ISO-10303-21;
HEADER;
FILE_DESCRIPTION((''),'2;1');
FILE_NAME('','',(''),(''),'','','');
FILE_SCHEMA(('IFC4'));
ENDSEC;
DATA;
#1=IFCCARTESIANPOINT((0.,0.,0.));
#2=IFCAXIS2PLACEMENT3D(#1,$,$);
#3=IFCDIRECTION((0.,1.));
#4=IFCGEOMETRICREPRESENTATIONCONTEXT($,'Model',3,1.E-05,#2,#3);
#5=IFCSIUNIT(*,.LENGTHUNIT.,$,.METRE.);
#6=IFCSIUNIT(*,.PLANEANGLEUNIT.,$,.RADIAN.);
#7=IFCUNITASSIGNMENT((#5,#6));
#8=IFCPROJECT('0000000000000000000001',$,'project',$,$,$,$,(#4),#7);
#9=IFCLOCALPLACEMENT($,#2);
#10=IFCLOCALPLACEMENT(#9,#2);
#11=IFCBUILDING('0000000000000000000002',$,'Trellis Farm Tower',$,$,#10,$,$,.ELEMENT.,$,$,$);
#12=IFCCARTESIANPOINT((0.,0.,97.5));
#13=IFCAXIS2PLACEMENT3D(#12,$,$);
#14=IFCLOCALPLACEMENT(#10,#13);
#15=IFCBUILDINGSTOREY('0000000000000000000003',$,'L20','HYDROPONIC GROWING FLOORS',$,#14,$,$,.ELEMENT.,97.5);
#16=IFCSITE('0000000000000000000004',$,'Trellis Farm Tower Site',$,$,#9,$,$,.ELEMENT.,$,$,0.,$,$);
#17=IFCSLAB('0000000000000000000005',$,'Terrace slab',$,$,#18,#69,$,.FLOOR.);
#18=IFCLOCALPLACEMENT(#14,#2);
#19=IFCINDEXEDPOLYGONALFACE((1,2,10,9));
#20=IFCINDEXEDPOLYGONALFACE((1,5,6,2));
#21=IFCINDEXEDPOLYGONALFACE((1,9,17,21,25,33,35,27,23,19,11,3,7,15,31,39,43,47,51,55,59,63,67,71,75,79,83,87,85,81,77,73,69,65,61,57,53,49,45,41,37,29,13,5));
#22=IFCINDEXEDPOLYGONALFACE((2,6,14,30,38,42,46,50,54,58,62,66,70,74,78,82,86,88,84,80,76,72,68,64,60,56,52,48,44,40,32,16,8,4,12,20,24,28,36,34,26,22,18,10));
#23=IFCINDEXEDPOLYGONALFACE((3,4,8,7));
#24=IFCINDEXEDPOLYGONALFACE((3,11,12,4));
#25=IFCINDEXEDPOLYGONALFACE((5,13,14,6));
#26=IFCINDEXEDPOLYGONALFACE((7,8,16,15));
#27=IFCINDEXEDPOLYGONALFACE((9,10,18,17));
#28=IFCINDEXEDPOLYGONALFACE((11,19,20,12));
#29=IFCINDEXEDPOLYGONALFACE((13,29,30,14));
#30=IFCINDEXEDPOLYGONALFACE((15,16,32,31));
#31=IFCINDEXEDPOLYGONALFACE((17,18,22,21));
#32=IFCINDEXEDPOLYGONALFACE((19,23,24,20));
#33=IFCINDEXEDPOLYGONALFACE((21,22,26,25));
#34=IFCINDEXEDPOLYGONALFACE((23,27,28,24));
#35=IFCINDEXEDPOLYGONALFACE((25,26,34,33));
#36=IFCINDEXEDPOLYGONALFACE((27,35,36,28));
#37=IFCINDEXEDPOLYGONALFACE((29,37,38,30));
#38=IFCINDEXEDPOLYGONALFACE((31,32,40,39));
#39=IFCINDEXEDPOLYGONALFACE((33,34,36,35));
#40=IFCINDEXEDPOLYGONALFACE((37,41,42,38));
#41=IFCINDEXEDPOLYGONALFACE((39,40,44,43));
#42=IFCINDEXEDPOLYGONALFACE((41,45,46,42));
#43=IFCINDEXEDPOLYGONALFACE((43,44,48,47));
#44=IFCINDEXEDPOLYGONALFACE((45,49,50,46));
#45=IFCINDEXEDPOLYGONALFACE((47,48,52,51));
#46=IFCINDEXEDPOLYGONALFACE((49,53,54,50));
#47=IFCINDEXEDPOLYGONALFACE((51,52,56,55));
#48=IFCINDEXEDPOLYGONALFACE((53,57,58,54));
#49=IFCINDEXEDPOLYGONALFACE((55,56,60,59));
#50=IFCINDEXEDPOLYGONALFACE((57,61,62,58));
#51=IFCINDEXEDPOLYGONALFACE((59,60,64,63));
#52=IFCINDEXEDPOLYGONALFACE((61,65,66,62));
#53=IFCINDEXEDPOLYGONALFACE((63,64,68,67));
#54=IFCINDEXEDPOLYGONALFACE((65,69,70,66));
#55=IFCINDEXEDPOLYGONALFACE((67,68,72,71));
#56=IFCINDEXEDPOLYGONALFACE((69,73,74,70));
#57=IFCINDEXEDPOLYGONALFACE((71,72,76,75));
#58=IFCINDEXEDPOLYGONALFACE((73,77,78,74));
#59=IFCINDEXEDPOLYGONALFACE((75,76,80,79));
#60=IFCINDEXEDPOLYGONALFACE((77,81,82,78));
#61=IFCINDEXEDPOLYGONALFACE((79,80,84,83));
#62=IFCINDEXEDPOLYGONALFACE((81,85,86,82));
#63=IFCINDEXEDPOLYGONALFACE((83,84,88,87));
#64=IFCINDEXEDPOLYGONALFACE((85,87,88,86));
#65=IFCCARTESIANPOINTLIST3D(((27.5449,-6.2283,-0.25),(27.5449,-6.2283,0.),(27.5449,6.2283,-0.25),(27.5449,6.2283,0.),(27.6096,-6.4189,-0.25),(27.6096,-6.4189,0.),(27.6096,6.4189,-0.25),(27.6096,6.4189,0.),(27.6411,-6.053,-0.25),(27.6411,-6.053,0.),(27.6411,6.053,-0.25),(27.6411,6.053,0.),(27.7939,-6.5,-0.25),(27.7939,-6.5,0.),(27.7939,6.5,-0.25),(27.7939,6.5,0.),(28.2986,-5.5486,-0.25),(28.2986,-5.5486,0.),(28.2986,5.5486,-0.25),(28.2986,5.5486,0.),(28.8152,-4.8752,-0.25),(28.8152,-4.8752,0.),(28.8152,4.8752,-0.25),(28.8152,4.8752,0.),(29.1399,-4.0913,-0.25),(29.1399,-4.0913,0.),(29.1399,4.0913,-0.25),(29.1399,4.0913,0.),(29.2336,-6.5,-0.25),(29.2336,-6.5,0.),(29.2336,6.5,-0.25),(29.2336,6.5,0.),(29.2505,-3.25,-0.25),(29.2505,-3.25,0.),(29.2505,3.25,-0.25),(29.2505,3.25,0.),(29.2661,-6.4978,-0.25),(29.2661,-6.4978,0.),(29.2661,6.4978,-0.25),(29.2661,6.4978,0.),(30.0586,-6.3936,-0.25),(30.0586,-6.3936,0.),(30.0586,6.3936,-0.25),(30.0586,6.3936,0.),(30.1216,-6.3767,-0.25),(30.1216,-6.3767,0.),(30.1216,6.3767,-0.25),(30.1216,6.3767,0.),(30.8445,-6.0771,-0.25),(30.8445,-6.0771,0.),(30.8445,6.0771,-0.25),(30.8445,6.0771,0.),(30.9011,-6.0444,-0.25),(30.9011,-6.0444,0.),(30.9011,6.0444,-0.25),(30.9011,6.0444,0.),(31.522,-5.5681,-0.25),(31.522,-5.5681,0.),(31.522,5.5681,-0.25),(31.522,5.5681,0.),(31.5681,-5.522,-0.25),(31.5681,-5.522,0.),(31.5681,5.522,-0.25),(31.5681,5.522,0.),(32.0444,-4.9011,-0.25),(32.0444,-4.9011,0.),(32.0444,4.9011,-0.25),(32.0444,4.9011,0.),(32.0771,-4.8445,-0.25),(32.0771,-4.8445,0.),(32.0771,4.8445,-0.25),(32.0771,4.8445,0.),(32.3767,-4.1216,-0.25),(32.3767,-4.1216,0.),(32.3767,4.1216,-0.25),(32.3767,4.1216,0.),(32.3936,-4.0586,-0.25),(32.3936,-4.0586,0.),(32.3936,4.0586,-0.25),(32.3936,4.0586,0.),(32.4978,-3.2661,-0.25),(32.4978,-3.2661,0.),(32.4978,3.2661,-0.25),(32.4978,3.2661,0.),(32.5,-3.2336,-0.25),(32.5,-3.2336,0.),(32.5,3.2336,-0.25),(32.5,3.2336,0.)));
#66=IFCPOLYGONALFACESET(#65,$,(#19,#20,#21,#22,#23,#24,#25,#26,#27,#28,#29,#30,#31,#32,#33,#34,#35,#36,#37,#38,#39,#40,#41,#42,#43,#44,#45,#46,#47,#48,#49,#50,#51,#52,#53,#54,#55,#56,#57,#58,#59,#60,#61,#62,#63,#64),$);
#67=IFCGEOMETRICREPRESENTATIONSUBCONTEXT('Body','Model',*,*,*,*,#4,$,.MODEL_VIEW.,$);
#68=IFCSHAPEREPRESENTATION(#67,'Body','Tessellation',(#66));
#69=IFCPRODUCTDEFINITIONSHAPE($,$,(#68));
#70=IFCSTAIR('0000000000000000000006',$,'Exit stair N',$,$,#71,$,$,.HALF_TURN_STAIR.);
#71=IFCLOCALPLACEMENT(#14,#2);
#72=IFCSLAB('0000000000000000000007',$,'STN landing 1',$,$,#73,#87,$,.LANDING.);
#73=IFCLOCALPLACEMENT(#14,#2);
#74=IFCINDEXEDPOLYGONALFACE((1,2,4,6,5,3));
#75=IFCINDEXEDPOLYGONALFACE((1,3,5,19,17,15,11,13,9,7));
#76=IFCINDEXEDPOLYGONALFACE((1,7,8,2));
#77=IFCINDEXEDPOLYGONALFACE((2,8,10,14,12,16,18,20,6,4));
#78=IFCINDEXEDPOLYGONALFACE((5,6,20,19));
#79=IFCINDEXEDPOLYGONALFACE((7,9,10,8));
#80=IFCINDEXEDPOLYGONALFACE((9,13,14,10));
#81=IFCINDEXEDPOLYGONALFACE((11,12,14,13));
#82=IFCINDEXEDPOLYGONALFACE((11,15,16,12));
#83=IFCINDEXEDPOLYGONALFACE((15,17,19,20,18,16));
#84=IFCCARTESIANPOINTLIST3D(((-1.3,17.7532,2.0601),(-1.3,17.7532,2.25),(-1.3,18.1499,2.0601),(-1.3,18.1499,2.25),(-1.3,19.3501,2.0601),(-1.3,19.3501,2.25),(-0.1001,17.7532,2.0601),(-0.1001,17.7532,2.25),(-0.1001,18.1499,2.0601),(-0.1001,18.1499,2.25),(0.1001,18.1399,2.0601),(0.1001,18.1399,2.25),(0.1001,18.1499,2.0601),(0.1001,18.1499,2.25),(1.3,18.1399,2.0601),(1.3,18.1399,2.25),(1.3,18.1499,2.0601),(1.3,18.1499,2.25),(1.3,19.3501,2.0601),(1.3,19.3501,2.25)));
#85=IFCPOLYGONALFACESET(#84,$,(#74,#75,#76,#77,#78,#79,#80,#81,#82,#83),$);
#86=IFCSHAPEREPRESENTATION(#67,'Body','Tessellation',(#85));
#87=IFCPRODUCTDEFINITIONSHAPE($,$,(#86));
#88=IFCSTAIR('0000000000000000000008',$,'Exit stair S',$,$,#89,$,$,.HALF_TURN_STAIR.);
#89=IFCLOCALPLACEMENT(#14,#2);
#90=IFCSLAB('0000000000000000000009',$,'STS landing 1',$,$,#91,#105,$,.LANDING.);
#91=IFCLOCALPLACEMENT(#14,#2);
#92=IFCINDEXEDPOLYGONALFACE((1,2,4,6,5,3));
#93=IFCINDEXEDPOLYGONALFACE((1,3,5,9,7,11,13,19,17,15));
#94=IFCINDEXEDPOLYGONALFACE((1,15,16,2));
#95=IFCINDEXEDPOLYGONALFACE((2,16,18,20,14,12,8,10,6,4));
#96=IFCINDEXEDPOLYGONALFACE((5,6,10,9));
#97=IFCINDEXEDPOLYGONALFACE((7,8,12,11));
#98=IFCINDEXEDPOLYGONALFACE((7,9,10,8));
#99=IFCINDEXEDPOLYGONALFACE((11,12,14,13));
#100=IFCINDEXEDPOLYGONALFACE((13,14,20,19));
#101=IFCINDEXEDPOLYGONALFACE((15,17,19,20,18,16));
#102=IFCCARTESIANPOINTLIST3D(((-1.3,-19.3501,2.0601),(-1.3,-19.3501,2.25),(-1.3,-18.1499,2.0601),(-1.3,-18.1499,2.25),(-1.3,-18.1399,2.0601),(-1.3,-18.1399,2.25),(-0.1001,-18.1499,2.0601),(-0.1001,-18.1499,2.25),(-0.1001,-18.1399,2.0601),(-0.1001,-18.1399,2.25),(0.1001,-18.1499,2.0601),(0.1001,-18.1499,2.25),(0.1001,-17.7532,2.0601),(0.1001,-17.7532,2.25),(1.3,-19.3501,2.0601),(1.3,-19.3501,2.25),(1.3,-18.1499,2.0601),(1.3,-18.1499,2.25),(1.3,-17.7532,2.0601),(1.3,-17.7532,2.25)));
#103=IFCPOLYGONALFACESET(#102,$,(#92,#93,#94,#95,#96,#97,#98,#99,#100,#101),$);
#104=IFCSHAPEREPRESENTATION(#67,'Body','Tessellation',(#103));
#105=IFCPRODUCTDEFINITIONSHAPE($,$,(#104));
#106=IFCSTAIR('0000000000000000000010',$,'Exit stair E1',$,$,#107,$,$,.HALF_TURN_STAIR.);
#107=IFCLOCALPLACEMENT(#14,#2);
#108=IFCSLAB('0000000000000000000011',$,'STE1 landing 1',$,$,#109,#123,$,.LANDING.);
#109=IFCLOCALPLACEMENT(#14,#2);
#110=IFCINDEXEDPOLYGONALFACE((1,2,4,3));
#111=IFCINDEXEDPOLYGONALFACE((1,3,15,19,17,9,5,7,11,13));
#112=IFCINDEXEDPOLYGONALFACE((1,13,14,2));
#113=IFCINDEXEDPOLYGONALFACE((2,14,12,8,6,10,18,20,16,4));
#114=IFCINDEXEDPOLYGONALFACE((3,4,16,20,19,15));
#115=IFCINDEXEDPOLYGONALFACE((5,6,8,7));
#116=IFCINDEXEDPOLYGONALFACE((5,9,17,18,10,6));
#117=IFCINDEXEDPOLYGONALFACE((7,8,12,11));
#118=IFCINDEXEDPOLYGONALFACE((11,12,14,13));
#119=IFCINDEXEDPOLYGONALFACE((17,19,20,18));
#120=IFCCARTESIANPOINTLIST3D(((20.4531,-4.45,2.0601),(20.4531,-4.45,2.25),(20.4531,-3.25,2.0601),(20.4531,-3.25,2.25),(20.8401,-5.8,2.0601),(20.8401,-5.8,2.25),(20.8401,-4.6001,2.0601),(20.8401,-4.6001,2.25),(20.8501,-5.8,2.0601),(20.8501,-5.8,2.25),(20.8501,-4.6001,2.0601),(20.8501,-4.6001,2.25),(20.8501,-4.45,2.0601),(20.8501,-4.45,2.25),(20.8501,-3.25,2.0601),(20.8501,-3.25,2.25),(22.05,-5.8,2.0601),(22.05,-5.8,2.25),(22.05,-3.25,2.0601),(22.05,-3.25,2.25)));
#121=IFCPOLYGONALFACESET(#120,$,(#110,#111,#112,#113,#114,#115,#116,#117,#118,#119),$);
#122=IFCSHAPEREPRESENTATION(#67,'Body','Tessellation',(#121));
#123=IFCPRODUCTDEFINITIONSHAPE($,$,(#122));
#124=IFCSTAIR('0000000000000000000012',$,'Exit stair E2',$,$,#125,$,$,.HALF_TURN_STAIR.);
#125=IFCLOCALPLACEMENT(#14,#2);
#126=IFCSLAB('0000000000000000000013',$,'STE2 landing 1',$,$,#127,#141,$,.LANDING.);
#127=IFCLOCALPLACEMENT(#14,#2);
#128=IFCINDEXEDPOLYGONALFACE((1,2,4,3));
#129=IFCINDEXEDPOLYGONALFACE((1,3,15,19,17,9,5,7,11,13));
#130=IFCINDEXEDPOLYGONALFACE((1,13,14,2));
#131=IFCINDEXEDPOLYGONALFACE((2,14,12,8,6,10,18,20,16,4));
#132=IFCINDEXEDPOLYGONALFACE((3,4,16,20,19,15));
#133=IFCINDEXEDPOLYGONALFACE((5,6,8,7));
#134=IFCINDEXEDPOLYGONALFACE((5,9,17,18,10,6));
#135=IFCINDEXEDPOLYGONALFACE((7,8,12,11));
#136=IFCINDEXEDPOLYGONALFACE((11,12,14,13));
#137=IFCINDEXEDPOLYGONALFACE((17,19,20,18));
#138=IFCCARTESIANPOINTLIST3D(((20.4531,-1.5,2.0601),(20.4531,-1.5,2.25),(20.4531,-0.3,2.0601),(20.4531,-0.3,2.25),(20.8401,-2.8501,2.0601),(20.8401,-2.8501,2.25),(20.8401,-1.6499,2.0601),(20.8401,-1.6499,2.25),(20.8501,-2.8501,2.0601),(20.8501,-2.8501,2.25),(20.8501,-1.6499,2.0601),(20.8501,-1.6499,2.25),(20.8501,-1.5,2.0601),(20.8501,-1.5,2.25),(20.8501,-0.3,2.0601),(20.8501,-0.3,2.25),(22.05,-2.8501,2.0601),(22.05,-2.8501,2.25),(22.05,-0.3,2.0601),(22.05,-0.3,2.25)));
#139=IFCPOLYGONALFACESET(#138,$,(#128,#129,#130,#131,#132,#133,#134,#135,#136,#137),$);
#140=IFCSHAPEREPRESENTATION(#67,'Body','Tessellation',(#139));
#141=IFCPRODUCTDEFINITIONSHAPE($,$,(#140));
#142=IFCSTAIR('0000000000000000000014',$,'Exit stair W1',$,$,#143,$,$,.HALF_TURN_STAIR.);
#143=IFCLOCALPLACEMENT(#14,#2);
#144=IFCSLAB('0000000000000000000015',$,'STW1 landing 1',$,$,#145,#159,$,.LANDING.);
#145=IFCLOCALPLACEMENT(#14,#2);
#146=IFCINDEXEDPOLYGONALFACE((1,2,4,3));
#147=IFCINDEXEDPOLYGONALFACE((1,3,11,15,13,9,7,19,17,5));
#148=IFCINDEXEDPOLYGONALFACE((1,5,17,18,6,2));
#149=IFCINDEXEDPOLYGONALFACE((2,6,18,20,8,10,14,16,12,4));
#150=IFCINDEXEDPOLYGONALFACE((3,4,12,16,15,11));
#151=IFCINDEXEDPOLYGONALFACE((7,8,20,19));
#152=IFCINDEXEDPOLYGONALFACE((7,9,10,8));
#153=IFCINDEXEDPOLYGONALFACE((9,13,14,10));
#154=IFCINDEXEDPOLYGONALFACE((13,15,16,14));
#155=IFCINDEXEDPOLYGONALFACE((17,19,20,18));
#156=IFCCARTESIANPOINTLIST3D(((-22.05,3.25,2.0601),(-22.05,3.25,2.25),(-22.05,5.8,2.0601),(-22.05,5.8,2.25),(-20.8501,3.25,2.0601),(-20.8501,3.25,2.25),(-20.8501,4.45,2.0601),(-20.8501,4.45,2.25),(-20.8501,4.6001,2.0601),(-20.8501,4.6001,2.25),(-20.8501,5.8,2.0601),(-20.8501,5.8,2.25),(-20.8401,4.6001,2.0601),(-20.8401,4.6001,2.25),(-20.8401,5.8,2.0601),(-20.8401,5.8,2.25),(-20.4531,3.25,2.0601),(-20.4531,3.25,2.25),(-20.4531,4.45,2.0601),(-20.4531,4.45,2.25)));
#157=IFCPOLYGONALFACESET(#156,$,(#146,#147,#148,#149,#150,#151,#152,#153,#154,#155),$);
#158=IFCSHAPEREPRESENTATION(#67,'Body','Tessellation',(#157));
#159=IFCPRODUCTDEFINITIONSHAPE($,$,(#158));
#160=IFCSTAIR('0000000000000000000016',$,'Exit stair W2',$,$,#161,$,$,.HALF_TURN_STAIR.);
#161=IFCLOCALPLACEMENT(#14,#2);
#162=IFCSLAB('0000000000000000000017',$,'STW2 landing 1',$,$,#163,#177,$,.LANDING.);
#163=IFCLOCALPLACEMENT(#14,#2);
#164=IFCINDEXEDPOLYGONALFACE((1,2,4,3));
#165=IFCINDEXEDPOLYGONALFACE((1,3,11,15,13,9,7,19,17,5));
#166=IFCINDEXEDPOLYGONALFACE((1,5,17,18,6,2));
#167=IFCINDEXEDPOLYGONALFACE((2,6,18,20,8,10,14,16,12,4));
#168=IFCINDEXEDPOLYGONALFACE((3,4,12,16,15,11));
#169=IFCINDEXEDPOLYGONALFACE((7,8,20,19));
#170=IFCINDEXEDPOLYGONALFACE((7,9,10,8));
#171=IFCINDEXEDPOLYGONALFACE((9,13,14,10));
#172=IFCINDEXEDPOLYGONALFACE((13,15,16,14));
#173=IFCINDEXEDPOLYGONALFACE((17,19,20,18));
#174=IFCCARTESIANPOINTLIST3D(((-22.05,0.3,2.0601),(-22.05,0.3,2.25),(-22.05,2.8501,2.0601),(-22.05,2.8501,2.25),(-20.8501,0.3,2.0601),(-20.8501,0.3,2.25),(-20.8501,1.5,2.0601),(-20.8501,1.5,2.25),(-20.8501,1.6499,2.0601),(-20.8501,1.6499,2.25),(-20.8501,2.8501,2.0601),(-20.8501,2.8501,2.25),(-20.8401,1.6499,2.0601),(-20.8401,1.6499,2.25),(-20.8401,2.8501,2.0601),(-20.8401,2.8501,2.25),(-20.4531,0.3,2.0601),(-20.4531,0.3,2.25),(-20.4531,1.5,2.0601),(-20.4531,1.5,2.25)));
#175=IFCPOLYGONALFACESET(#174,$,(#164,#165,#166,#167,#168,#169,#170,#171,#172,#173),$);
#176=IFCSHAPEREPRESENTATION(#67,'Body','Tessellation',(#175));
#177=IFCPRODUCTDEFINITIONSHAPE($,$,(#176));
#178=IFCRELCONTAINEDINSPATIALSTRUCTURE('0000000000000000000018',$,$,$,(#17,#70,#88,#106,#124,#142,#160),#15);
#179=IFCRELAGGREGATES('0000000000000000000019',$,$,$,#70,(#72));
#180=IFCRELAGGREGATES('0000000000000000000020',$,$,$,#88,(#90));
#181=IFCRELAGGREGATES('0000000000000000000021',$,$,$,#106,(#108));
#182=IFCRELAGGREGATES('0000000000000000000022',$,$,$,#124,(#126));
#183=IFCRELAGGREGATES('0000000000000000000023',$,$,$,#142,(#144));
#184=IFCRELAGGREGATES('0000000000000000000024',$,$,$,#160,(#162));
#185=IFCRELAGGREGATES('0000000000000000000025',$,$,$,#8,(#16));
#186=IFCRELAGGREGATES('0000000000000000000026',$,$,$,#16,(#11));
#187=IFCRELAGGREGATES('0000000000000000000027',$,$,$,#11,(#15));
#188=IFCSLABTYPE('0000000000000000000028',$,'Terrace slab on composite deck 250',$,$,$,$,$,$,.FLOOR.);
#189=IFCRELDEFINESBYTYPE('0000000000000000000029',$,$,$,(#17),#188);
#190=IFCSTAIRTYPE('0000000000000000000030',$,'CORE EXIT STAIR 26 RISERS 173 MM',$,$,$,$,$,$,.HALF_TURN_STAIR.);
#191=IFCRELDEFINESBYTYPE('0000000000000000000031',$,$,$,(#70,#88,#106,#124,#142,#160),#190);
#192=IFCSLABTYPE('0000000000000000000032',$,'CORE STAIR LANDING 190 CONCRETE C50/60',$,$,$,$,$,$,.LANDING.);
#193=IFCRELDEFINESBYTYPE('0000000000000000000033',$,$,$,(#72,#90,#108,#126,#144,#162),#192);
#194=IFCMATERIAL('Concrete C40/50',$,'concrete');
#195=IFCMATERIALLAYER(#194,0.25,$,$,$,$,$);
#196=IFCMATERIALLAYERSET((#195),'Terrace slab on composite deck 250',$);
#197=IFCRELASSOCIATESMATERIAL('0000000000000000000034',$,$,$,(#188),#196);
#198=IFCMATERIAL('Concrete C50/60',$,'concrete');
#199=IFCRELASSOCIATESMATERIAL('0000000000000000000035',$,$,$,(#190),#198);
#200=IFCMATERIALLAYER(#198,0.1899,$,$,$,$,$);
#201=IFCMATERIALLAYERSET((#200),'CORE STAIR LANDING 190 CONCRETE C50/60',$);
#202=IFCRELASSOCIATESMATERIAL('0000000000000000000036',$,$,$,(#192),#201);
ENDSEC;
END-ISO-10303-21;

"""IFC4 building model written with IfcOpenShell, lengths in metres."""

from ifc_helpers import new_model, si_unit, direction, frame, origin, place, context, subcontext, project, spatial, polyline, outline, extrude, source, transform, mapped, material, layer, layer_set, type_object, element, aggregate, save


model = new_model("IFC4")

# Units and contexts
model_context = context("Model", 3, precision=1e-05, world=origin(), true_north=direction((0.0, 1.0)))
body_context = subcontext(model_context, "Body", "Model", "MODEL_VIEW")
ifc_project = project(units=[si_unit("LENGTHUNIT", "METRE"), si_unit("PLANEANGLEUNIT", "RADIAN")], contexts=[model_context])

# Site, building, storey
site_placement = place(None, origin())
site = spatial("IfcSite", under=ifc_project, at=site_placement, Name="Trellis Farm Tower Site", CompositionType="ELEMENT", RefElevation=0.0)
building_placement = place(site_placement, origin())
building = spatial("IfcBuilding", under=site, at=building_placement, Name="Trellis Farm Tower", CompositionType="ELEMENT")
storey_placement = place(building_placement, frame((0.0, 0.0, 97.5)))
storey = spatial("IfcBuildingStorey", under=building, at=storey_placement, Name="L20", Description="HYDROPONIC GROWING FLOORS", CompositionType="ELEMENT", Elevation=97.5)

# Slab
ifc_material_1 = material(Name="Concrete C40/50", Category="concrete")
ifc_layer_1 = layer(ifc_material_1, 0.25)
ifc_layer_set_1 = layer_set([ifc_layer_1], Name="Terrace slab on composite deck 250")
slab_type_1 = type_object("IfcSlabType", Name="Terrace slab on composite deck 250", PredefinedType="FLOOR", material=ifc_layer_set_1)
placement_1 = place(storey_placement, frame((0.0, 0.0, -0.25)))
element("IfcSlab", 1, at=placement_1, inside=storey, type_object=slab_type_1, Name="Terrace slab", PredefinedType="FLOOR", context=body_context, shape_type="SweptSolid", body=[
    extrude(outline(polyline([(27.5449, -6.2283), (27.6411, -6.053), (28.2986, -5.5486), (28.8152, -4.8752), (29.1399, -4.0913), (29.2505, -3.25), (29.2505, 3.25), (29.1399, 4.0913), (28.8152, 4.8752), (28.2986, 5.5486), (27.6411, 6.053), (27.5449, 6.2283), (27.6096, 6.4189), (27.7939, 6.5), (29.2336, 6.5), (29.2661, 6.4978), (30.0586, 6.3936), (30.1216, 6.3767), (30.8445, 6.0771), (30.9011, 6.0444), (31.522, 5.5681), (31.5681, 5.522), (32.0444, 4.9011), (32.0771, 4.8445), (32.3767, 4.1216), (32.3936, 4.0586), (32.4978, 3.2661), (32.5, 3.2336), (32.5, -3.2336), (32.4978, -3.2661), (32.3936, -4.0586), (32.3767, -4.1216), (32.0771, -4.8445), (32.0444, -4.9011), (31.5681, -5.522), (31.522, -5.5681), (30.9011, -6.0444), (30.8445, -6.0771), (30.1216, -6.3767), (30.0586, -6.3936), (29.2661, -6.4978), (29.2336, -6.5), (27.7939, -6.5), (27.6096, -6.4189), (27.5449, -6.2283)])), origin(), (0.0, 0.0, 1.0), 0.25),
])

# Stairs, slabs
ifc_material_2 = material(Name="Concrete C50/60", Category="concrete")
stair_type = type_object("IfcStairType", Name="CORE EXIT STAIR 26 RISERS 173 MM", PredefinedType="HALF_TURN_STAIR", material=ifc_material_2)
placement_2 = place(storey_placement, origin())
stair_1 = element("IfcStair", 2, at=placement_2, inside=storey, type_object=stair_type, Name="Exit stair N", PredefinedType="HALF_TURN_STAIR")
ifc_layer_2 = layer(ifc_material_2, 0.1899)
ifc_layer_set_2 = layer_set([ifc_layer_2], Name="CORE STAIR LANDING 190 CONCRETE C50/60")
slab_type_2 = type_object("IfcSlabType", Name="CORE STAIR LANDING 190 CONCRETE C50/60", PredefinedType="LANDING", material=ifc_layer_set_2)
shared_shape_1 = source(origin(), body_context, "Body", "SweptSolid", [
    extrude(outline(polyline([(-0.1001, 17.7532), (-1.3, 17.7532), (-1.3, 18.1499), (-1.3, 19.3501), (1.3, 19.3501), (1.3, 18.1499), (1.3, 18.1399), (0.1001, 18.1399), (0.1001, 18.1499), (-0.1001, 18.1499), (-0.1001, 17.7532)])), origin(), (0.0, 0.0, 1.0), 0.1899),
])
placement_3 = place(storey_placement, frame((0.0, 0.0, 2.0601)))
slab_1 = element("IfcSlab", 3, at=placement_3, type_object=slab_type_2, Name="STN landing 1", PredefinedType="LANDING", context=body_context, shape_type="MappedRepresentation", body=[
    mapped(shared_shape_1, transform((0.0, 0.0, 0.0))),
])
aggregate(stair_1, [slab_1])
stair_2 = element("IfcStair", 4, at=placement_2, inside=storey, type_object=stair_type, Name="Exit stair S", PredefinedType="HALF_TURN_STAIR")
shared_shape_2 = source(origin(), body_context, "Body", "SweptSolid", [
    extrude(outline(polyline([(1.3, -19.3501), (-1.3, -19.3501), (-1.3, -18.1499), (-1.3, -18.1399), (-0.1001, -18.1399), (-0.1001, -18.1499), (0.1001, -18.1499), (0.1001, -17.7532), (1.3, -17.7532), (1.3, -18.1499), (1.3, -19.3501)])), origin(), (0.0, 0.0, 1.0), 0.1899),
])
slab_2 = element("IfcSlab", 5, at=placement_3, type_object=slab_type_2, Name="STS landing 1", PredefinedType="LANDING", context=body_context, shape_type="MappedRepresentation", body=[
    mapped(shared_shape_2, transform((0.0, 0.0, 0.0))),
])
aggregate(stair_2, [slab_2])
stair_3 = element("IfcStair", 6, at=placement_2, inside=storey, type_object=stair_type, Name="Exit stair E1", PredefinedType="HALF_TURN_STAIR")
shared_shape_3 = source(origin(), body_context, "Body", "SweptSolid", [
    extrude(outline(polyline([(20.8401, -5.8), (20.8401, -4.6001), (20.8501, -4.6001), (20.8501, -4.45), (20.4531, -4.45), (20.4531, -3.25), (20.8501, -3.25), (22.05, -3.25), (22.05, -5.8), (20.8501, -5.8), (20.8401, -5.8)])), origin(), (0.0, 0.0, 1.0), 0.1899),
])
slab_3 = element("IfcSlab", 7, at=placement_3, type_object=slab_type_2, Name="STE1 landing 1", PredefinedType="LANDING", context=body_context, shape_type="MappedRepresentation", body=[
    mapped(shared_shape_3, transform((0.0, 0.0, 0.0))),
])
aggregate(stair_3, [slab_3])
stair_4 = element("IfcStair", 8, at=placement_2, inside=storey, type_object=stair_type, Name="Exit stair E2", PredefinedType="HALF_TURN_STAIR")
shared_shape_4 = source(origin(), body_context, "Body", "SweptSolid", [
    extrude(outline(polyline([(20.8401, -2.8501), (20.8401, -1.6499), (20.8501, -1.6499), (20.8501, -1.5), (20.4531, -1.5), (20.4531, -0.3), (20.8501, -0.3), (22.05, -0.3), (22.05, -2.8501), (20.8501, -2.8501), (20.8401, -2.8501)])), origin(), (0.0, 0.0, 1.0), 0.1899),
])
slab_4 = element("IfcSlab", 9, at=placement_3, type_object=slab_type_2, Name="STE2 landing 1", PredefinedType="LANDING", context=body_context, shape_type="MappedRepresentation", body=[
    mapped(shared_shape_4, transform((0.0, 0.0, 0.0))),
])
aggregate(stair_4, [slab_4])
stair_5 = element("IfcStair", 10, at=placement_2, inside=storey, type_object=stair_type, Name="Exit stair W1", PredefinedType="HALF_TURN_STAIR")
shared_shape_5 = source(origin(), body_context, "Body", "SweptSolid", [
    extrude(outline(polyline([(-20.4531, 4.45), (-20.4531, 3.25), (-20.8501, 3.25), (-22.05, 3.25), (-22.05, 5.8), (-20.8501, 5.8), (-20.8401, 5.8), (-20.8401, 4.6001), (-20.8501, 4.6001), (-20.8501, 4.45), (-20.4531, 4.45)])), origin(), (0.0, 0.0, 1.0), 0.1899),
])
slab_5 = element("IfcSlab", 11, at=placement_3, type_object=slab_type_2, Name="STW1 landing 1", PredefinedType="LANDING", context=body_context, shape_type="MappedRepresentation", body=[
    mapped(shared_shape_5, transform((0.0, 0.0, 0.0))),
])
aggregate(stair_5, [slab_5])
stair_6 = element("IfcStair", 12, at=placement_2, inside=storey, type_object=stair_type, Name="Exit stair W2", PredefinedType="HALF_TURN_STAIR")
shared_shape_6 = source(origin(), body_context, "Body", "SweptSolid", [
    extrude(outline(polyline([(-20.4531, 1.5), (-20.4531, 0.3), (-20.8501, 0.3), (-22.05, 0.3), (-22.05, 2.8501), (-20.8501, 2.8501), (-20.8401, 2.8501), (-20.8401, 1.6499), (-20.8501, 1.6499), (-20.8501, 1.5), (-20.4531, 1.5)])), origin(), (0.0, 0.0, 1.0), 0.1899),
])
slab_6 = element("IfcSlab", 13, at=placement_3, type_object=slab_type_2, Name="STW2 landing 1", PredefinedType="LANDING", context=body_context, shape_type="MappedRepresentation", body=[
    mapped(shared_shape_6, transform((0.0, 0.0, 0.0))),
])
aggregate(stair_6, [slab_6])

save(model, "model.ifc")
